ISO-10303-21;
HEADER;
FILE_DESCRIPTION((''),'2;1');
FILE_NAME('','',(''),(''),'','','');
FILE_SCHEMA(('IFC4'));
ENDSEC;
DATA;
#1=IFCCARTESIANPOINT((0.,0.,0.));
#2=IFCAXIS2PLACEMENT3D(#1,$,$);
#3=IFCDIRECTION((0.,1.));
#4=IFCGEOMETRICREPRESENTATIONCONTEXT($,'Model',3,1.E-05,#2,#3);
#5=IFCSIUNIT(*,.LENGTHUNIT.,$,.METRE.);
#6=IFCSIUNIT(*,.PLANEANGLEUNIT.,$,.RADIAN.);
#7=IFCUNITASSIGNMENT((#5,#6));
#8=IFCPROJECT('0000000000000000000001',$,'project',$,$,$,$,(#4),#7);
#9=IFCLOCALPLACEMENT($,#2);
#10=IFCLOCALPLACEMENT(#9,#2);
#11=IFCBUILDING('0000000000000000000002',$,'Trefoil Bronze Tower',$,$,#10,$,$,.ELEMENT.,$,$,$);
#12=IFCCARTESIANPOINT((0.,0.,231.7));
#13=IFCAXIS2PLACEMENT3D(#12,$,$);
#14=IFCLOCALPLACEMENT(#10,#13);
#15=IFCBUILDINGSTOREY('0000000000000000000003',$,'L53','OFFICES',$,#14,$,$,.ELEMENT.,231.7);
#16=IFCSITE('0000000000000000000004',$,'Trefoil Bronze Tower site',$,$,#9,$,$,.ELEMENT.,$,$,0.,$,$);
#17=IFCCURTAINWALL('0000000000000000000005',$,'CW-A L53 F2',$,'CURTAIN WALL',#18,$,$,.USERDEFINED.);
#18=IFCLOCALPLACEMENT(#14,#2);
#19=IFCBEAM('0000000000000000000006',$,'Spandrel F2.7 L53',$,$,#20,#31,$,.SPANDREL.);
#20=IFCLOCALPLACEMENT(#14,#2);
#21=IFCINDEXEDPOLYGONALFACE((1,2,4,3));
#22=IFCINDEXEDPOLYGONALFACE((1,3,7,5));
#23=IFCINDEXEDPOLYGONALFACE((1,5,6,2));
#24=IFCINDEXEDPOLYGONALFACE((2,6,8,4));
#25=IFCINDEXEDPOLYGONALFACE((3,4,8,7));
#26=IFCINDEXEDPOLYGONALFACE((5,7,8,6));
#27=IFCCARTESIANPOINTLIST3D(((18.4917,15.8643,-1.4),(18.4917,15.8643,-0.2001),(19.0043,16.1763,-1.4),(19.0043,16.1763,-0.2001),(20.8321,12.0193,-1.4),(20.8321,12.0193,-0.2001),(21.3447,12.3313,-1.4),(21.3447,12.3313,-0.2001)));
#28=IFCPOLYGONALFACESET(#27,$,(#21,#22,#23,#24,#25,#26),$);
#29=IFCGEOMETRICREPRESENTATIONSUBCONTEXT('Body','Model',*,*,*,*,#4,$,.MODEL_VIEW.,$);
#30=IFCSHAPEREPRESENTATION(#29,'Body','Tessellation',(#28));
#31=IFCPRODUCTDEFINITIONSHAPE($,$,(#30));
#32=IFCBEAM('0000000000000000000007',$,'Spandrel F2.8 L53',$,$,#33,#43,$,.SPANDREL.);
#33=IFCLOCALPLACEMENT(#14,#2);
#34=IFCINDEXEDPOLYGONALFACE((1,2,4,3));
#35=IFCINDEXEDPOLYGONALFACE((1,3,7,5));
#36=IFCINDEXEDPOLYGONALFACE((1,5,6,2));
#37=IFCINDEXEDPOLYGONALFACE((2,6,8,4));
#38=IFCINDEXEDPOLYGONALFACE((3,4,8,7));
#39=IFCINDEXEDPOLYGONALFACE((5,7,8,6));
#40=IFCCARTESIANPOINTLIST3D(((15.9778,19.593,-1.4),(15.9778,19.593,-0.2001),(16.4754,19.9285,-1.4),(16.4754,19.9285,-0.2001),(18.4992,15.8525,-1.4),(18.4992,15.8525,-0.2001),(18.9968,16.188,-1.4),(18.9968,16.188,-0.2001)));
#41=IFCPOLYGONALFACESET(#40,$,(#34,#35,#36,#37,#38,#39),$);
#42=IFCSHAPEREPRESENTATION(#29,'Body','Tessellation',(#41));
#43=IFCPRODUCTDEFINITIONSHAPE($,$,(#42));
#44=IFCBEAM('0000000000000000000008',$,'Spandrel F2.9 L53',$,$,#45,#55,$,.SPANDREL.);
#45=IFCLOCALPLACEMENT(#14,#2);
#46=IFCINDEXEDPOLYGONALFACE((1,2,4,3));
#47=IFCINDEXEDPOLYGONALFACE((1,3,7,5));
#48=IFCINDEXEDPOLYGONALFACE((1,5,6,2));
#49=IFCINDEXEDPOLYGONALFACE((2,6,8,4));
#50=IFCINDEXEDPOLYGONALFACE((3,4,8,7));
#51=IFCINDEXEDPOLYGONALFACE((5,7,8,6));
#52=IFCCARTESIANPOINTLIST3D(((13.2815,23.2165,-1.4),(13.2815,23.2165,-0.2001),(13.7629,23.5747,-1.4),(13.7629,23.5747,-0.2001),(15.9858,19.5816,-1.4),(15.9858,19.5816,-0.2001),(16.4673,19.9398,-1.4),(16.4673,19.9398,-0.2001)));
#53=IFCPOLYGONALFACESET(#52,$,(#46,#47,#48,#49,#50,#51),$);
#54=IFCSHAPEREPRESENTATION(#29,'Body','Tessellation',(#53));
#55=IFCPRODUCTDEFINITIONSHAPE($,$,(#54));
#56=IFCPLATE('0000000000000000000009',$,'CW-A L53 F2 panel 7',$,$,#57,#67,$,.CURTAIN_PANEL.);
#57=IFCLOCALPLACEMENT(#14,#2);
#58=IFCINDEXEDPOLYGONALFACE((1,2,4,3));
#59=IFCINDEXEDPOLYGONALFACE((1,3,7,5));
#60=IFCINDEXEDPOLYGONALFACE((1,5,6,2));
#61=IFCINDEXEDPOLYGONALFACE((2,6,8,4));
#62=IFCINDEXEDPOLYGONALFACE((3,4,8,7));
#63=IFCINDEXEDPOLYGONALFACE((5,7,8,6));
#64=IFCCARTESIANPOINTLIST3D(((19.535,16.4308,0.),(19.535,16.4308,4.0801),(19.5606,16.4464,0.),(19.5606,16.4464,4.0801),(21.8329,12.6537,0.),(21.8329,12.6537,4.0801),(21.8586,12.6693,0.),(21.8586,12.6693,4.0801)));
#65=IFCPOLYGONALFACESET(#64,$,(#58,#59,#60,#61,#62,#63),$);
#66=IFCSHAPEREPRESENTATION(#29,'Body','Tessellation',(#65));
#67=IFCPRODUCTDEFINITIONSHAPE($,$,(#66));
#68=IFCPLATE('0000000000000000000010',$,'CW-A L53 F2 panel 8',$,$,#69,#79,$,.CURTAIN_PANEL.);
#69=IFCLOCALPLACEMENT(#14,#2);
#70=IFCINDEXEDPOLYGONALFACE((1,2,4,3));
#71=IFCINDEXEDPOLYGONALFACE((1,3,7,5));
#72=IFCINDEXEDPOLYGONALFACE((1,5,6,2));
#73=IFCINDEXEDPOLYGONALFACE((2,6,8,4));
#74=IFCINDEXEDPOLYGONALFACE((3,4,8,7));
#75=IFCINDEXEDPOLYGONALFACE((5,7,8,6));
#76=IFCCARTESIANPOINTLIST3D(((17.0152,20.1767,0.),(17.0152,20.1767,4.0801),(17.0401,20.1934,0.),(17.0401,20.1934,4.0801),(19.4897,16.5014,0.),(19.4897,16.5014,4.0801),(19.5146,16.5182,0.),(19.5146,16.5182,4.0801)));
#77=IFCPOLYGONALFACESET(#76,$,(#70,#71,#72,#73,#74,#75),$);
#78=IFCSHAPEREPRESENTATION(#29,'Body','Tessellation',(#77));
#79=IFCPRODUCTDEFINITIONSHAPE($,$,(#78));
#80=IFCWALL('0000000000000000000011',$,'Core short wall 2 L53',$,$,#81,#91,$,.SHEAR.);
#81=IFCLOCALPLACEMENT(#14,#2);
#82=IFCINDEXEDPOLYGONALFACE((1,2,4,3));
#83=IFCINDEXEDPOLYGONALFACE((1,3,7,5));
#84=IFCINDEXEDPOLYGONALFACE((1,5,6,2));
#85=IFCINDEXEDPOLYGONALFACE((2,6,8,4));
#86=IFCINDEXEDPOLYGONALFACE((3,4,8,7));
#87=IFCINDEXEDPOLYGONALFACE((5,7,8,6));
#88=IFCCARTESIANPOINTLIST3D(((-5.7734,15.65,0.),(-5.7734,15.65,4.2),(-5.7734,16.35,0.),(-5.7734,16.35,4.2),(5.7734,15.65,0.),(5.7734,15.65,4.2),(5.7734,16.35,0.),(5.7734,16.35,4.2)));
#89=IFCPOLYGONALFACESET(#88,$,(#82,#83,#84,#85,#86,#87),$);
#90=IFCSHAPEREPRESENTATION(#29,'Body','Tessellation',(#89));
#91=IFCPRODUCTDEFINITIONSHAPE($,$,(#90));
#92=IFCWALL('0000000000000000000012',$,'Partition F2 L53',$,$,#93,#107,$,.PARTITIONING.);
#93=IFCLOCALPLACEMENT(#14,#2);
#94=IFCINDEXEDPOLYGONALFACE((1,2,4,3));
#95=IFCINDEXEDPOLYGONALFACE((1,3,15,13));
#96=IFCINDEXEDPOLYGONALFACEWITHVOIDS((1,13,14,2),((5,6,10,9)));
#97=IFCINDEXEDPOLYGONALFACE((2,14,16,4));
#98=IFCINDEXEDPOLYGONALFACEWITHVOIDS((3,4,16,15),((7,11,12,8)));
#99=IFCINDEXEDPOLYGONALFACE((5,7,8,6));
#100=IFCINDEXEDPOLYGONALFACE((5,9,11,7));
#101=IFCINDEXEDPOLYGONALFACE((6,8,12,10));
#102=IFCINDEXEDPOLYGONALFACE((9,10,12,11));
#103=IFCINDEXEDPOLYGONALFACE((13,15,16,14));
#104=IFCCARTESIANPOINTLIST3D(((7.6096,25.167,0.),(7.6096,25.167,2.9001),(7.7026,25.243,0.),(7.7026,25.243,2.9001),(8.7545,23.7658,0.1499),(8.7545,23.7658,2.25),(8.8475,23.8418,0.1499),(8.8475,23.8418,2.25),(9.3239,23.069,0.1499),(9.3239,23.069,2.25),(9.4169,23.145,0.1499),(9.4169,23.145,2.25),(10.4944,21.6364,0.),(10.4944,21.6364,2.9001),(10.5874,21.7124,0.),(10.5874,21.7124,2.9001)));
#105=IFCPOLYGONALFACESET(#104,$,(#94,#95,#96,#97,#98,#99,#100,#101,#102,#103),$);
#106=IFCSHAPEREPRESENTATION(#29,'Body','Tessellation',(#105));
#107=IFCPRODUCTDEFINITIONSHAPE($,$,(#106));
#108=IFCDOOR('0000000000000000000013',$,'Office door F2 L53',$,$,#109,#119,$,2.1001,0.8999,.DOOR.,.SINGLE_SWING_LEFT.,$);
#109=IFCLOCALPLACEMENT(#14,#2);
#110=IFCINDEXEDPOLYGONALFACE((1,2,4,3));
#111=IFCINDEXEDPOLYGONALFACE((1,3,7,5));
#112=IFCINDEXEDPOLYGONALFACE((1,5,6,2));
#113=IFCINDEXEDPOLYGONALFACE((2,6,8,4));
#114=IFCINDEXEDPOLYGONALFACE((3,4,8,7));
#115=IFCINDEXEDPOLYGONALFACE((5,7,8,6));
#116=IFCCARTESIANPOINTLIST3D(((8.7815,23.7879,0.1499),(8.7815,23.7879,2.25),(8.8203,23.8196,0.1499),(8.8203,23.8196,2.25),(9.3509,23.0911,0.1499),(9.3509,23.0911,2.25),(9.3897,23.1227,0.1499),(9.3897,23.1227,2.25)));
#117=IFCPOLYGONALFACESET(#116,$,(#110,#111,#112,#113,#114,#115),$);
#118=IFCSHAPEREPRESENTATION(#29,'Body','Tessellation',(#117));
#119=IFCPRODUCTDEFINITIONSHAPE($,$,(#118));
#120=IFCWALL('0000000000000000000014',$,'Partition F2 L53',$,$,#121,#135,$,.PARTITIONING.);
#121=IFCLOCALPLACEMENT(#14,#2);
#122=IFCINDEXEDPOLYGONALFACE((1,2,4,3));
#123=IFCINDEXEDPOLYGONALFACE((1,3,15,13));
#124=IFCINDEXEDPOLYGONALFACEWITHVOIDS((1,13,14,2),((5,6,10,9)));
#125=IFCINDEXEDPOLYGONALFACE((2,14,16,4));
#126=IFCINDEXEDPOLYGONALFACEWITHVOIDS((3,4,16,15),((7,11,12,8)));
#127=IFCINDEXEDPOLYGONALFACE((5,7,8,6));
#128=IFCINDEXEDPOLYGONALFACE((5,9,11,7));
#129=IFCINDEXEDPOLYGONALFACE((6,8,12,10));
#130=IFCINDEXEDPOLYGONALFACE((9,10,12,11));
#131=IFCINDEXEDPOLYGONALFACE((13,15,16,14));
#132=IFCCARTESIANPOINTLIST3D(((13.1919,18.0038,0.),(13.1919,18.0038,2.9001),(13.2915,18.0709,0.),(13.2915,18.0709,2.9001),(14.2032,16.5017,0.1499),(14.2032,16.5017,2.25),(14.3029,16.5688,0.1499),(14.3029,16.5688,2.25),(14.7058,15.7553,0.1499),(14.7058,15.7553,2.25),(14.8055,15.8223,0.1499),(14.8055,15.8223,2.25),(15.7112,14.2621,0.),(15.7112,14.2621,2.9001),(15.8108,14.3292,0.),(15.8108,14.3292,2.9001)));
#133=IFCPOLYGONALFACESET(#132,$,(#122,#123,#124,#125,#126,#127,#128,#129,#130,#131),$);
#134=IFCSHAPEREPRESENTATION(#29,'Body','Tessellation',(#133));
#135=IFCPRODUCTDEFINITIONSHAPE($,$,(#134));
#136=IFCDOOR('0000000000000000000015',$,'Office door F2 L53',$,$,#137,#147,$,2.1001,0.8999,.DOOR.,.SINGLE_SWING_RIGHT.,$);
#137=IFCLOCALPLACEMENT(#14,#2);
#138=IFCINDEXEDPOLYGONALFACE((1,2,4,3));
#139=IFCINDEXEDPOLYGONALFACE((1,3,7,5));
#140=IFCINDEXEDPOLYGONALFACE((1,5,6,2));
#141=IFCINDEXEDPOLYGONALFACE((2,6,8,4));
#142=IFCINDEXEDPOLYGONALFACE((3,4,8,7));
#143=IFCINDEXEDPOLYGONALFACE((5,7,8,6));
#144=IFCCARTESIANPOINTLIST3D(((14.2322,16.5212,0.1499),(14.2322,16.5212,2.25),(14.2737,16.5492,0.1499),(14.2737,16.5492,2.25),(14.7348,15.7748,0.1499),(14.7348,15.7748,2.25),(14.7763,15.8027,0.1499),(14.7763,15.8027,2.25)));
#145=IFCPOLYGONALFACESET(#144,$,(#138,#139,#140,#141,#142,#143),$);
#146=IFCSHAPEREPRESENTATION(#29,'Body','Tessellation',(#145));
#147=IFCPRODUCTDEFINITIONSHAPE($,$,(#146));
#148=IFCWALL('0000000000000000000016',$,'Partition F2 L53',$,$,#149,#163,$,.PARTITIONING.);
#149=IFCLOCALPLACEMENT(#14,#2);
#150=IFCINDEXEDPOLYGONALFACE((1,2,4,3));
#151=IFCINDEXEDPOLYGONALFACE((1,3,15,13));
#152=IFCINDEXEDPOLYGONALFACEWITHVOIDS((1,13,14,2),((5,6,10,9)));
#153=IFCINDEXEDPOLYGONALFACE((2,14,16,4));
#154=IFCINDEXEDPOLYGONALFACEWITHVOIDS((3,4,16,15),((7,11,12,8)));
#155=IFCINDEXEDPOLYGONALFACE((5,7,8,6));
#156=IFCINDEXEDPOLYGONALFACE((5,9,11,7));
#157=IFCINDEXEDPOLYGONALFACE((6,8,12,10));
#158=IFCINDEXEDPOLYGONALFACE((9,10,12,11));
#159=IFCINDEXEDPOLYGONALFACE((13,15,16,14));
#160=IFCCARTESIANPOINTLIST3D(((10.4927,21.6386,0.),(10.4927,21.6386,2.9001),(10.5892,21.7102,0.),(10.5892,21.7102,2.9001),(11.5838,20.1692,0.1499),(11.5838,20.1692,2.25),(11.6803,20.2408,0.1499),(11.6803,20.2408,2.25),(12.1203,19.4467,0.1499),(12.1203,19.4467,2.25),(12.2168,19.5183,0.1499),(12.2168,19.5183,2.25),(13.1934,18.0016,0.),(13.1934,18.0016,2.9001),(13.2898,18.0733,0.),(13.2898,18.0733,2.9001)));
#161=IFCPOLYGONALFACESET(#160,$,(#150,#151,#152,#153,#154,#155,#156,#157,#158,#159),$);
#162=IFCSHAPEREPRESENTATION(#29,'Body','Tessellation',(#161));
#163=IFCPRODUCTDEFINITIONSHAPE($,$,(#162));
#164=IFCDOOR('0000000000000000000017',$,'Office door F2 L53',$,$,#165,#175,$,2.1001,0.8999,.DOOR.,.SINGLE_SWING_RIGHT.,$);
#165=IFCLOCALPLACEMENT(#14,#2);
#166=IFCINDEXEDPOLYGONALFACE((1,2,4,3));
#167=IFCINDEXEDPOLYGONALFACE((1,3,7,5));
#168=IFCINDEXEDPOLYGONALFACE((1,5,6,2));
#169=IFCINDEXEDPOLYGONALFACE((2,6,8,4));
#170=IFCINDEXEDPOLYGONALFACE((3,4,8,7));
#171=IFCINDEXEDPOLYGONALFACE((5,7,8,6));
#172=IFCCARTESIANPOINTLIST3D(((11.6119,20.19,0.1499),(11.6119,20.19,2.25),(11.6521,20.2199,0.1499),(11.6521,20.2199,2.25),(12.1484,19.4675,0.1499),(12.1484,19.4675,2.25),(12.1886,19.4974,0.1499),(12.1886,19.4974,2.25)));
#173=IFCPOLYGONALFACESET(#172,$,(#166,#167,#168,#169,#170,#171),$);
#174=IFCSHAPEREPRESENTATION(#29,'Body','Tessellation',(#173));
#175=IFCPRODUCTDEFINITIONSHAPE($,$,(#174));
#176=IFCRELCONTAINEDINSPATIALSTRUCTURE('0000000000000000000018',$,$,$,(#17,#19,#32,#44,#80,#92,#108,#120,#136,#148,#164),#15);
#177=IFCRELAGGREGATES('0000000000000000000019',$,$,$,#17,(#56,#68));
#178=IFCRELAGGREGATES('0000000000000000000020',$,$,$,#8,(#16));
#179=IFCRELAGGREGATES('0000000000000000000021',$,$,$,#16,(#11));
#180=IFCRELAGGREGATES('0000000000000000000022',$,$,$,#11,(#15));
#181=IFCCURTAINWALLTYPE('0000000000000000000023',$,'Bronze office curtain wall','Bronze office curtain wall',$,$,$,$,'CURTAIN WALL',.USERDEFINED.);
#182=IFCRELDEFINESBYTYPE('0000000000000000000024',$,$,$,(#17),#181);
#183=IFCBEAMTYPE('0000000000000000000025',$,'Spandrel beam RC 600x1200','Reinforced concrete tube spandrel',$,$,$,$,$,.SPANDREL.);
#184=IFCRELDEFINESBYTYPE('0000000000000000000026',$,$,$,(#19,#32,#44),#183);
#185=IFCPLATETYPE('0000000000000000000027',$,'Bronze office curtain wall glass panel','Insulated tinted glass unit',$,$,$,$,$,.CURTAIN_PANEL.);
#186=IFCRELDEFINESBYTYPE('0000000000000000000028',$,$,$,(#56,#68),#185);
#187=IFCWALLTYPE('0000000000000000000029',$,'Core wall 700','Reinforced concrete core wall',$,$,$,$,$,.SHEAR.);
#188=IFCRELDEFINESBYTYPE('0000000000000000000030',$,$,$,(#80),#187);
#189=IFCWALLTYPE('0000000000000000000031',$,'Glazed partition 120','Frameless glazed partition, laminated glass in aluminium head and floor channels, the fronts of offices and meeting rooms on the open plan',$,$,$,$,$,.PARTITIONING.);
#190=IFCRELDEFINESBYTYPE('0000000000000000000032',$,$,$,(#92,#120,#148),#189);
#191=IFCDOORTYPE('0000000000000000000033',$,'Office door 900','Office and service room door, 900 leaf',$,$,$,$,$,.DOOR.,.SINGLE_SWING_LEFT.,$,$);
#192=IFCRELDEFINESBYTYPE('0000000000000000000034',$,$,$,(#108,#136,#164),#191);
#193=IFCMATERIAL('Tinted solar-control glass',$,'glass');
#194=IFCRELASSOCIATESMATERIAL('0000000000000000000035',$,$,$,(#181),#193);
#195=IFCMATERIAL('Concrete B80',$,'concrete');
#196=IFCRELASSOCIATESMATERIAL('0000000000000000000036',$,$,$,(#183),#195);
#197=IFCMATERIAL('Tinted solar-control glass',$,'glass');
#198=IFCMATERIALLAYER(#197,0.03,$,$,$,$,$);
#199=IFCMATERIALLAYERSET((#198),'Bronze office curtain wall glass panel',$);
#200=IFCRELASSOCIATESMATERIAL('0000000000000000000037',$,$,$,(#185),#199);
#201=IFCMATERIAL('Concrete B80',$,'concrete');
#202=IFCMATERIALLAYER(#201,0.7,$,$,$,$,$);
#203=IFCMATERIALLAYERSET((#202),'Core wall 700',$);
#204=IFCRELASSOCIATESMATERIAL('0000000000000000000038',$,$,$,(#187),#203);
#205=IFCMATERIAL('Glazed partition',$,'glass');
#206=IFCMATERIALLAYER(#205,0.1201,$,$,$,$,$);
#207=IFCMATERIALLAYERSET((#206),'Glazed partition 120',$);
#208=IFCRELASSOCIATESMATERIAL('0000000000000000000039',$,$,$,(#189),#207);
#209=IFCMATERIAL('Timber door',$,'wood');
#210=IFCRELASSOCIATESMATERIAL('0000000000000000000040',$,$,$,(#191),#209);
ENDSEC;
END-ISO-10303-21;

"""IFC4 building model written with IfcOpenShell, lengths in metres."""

from ifc_helpers import new_model, si_unit, direction, frame, frame_2d, origin, origin_2d, place, context, subcontext, project, spatial, rectangle, extrude, material, layer, layer_set, material_profile, profile_set, type_object, element, fill, aggregate, save


model = new_model("IFC4")

# Units and contexts
model_context = context("Model", 3, precision=1e-05, world=origin(), true_north=direction((0.0, 1.0)))
body_context = subcontext(model_context, "Body", "Model", "MODEL_VIEW")
ifc_project = project(units=[si_unit("LENGTHUNIT", "METRE"), si_unit("PLANEANGLEUNIT", "RADIAN")], contexts=[model_context])

# Site, building, storey
site_placement = place(None, origin())
site = spatial("IfcSite", under=ifc_project, at=site_placement, Name="Trefoil Bronze Tower site", CompositionType="ELEMENT", RefElevation=0.0)
building_placement = place(site_placement, origin())
building = spatial("IfcBuilding", under=site, at=building_placement, Name="Trefoil Bronze Tower", CompositionType="ELEMENT")
storey_placement = place(building_placement, frame((0.0, 0.0, 231.7)))
storey = spatial("IfcBuildingStorey", under=building, at=storey_placement, Name="L53", Description="OFFICES", CompositionType="ELEMENT", Elevation=231.7)

# Curtain wall
ifc_material_1 = material(Name="Tinted solar-control glass", Category="glass")
curtain_wall_type = type_object("IfcCurtainWallType", Name="Bronze office curtain wall", Description="Bronze office curtain wall", ElementType="CURTAIN WALL", PredefinedType="USERDEFINED", material=ifc_material_1)
curtain_wall_placement = place(storey_placement, origin())
curtain_wall = element("IfcCurtainWall", 1, at=curtain_wall_placement, inside=storey, type_object=curtain_wall_type, Name="CW-A L53 F2", ObjectType="CURTAIN WALL", PredefinedType="USERDEFINED")

# Beams
ifc_material_2 = material(Name="Concrete B80", Category="concrete")
ifc_material_profile_1 = material_profile(ifc_material_2, rectangle(XDim=0.6001, YDim=1.2, at=origin_2d()), Name="RC 600x1200")
ifc_profile_set_1 = profile_set([ifc_material_profile_1], Name="Concrete B80")
beam_type_1 = type_object("IfcBeamType", Name="Spandrel beam RC 600x1200", Description="Reinforced concrete tube spandrel", PredefinedType="SPANDREL", material=ifc_profile_set_1)
beam_1_placement = place(storey_placement, frame((21.0884, 12.1753, -0.8), z_axis=(-0.519933, 0.854207, 0.0), x_axis=(-0.854207, -0.519933, 0.0)))
element("IfcBeam", 2, at=beam_1_placement, inside=storey, type_object=beam_type_1, Name="Spandrel F2.7 L53", PredefinedType="SPANDREL", context=body_context, shape_type="SweptSolid", body=[
    extrude(rectangle(XDim=0.6001, YDim=1.2, at=origin_2d()), origin(), (0.0, 0.0, 1.0), 4.5012),
])
beam_2_placement = place(storey_placement, frame((18.748, 16.0203, -0.8), z_axis=(-0.558964, 0.829192, 0.0), x_axis=(-0.829192, -0.558964, 0.0)))
element("IfcBeam", 3, at=beam_2_placement, inside=storey, type_object=beam_type_1, Name="Spandrel F2.8 L53", PredefinedType="SPANDREL", context=body_context, shape_type="SweptSolid", body=[
    extrude(rectangle(XDim=0.6001, YDim=1.2, at=origin_2d()), origin(), (0.0, 0.0, 1.0), 4.511),
])
beam_3_placement = place(storey_placement, frame((16.2266, 19.7607, -0.8), z_axis=(-0.596926, 0.802296, 0.0), x_axis=(-0.802296, -0.596926, 0.0)))
element("IfcBeam", 4, at=beam_3_placement, inside=storey, type_object=beam_type_1, Name="Spandrel F2.9 L53", PredefinedType="SPANDREL", context=body_context, shape_type="SweptSolid", body=[
    extrude(rectangle(XDim=0.6001, YDim=1.2, at=origin_2d()), origin(), (0.0, 0.0, 1.0), 4.5305),
])

# Plates
ifc_material_3 = material(Name="Tinted solar-control glass", Category="glass")
ifc_layer_1 = layer(ifc_material_3, 0.03)
ifc_layer_set_1 = layer_set([ifc_layer_1], Name="Bronze office curtain wall glass panel")
plate_type = type_object("IfcPlateType", Name="Bronze office curtain wall glass panel", Description="Insulated tinted glass unit", PredefinedType="CURTAIN_PANEL", material=ifc_layer_set_1)
plate_1_placement = place(storey_placement, frame((20.6968, 14.55, 0.0), z_axis=(0.0, 0.0, 1.0), x_axis=(-0.519762, 0.854311, 0.0)))
plate_1 = element("IfcPlate", 5, at=plate_1_placement, type_object=plate_type, Name="CW-A L53 F2 panel 7", PredefinedType="CURTAIN_PANEL", context=body_context, shape_type="SweptSolid", body=[
    extrude(rectangle(XDim=4.4211, YDim=0.03, at=origin_2d()), origin(), (0.0, 0.0, 1.0), 4.0801),
])
plate_2_placement = place(storey_placement, frame((18.2649, 18.3474, 0.0), z_axis=(0.0, 0.0, 1.0), x_axis=(-0.558493, 0.829509, 0.0)))
plate_2 = element("IfcPlate", 6, at=plate_2_placement, type_object=plate_type, Name="CW-A L53 F2 panel 8", PredefinedType="CURTAIN_PANEL", context=body_context, shape_type="SweptSolid", body=[
    extrude(rectangle(XDim=4.4307, YDim=0.03, at=origin_2d()), origin(), (0.0, 0.0, 1.0), 4.0801),
])
aggregate(curtain_wall, [plate_1, plate_2])

# Wall
ifc_material_4 = material(Name="Concrete B80", Category="concrete")
ifc_layer_2 = layer(ifc_material_4, 0.7)
ifc_layer_set_2 = layer_set([ifc_layer_2], Name="Core wall 700")
wall_type_1 = type_object("IfcWallType", Name="Core wall 700", Description="Reinforced concrete core wall", PredefinedType="SHEAR", material=ifc_layer_set_2)
wall_1_placement = place(storey_placement, frame((5.7734, 16.0, 0.0), z_axis=(0.0, 0.0, 1.0), x_axis=(-1.0, 0.0, 0.0)))
element("IfcWall", 7, at=wall_1_placement, inside=storey, type_object=wall_type_1, Name="Core short wall 2 L53", PredefinedType="SHEAR", context=body_context, shape_type="SweptSolid", body=[
    extrude(rectangle(XDim=11.5469, YDim=0.7, at=frame_2d((5.7734, 0.0))), origin(), (0.0, 0.0, 1.0), 4.2),
])

# Walls, openings, doors
ifc_material_5 = material(Name="Glazed partition", Category="glass")
ifc_layer_3 = layer(ifc_material_5, 0.1201)
ifc_layer_set_3 = layer_set([ifc_layer_3], Name="Glazed partition 120")
wall_type_2 = type_object("IfcWallType", Name="Glazed partition 120", Description="Frameless glazed partition, laminated glass in aluminium head and floor channels, the fronts of offices and meeting rooms on the open plan", PredefinedType="PARTITIONING", material=ifc_layer_set_3)
wall_2_placement = place(storey_placement, frame((10.541, 21.6743, 0.0), z_axis=(0.0, 0.0, 1.0), x_axis=(-0.632733, 0.77437, 0.0)))
wall_2 = element("IfcWall", 8, at=wall_2_placement, inside=storey, type_object=wall_type_2, Name="Partition F2 L53", PredefinedType="PARTITIONING", context=body_context, shape_type="SweptSolid", body=[
    extrude(rectangle(XDim=4.5593, YDim=0.1201, at=frame_2d((2.2798, 0.0))), origin(), (0.0, 0.0, 1.0), 2.9001),
])
opening_1_placement = place(wall_2_placement, frame((1.8501, 0.0, 0.1499)))
opening_1 = element("IfcOpeningElement", 9, at=opening_1_placement, cuts=wall_2, PredefinedType="OPENING", context=body_context, shape_type="SweptSolid", body=[
    extrude(rectangle(XDim=0.8999, YDim=2.1001, at=frame_2d((0.45, 1.05))), frame((0.0, 0.0701, 0.0), z_axis=(0.0, -1.0, 0.0), x_axis=(1.0, 0.0, 0.0)), (0.0, 0.0, 1.0), 0.1401),
])
ifc_material_6 = material(Name="Timber door", Category="wood")
door_type = type_object("IfcDoorType", Name="Office door 900", Description="Office and service room door, 900 leaf", OperationType="SINGLE_SWING_LEFT", PredefinedType="DOOR", material=ifc_material_6)
door_1_placement = place(opening_1_placement, frame((0.8999, 0.0, 0.0), z_axis=(0.0, 0.0, 1.0), x_axis=(-1.0, 0.0, 0.0)))
door_1 = element("IfcDoor", 10, at=door_1_placement, inside=storey, type_object=door_type, Name="Office door F2 L53", OperationType="SINGLE_SWING_LEFT", OverallHeight=2.1001, OverallWidth=0.8999, PredefinedType="DOOR", context=body_context, shape_type="SweptSolid", body=[
    extrude(rectangle(XDim=0.8999, YDim=2.1001, at=frame_2d((0.45, 1.05))), frame((0.0, 0.0249, 0.0), z_axis=(0.0, -1.0, 0.0), x_axis=(1.0, 0.0, 0.0)), (0.0, 0.0, 1.0), 0.05),
])
fill(opening_1, door_1)
wall_3_placement = place(storey_placement, frame((15.761, 14.2957, 0.0), z_axis=(0.0, 0.0, 1.0), x_axis=(-0.558504, 0.829502, 0.0)))
wall_3 = element("IfcWall", 11, at=wall_3_placement, inside=storey, type_object=wall_type_2, Name="Partition F2 L53", PredefinedType="PARTITIONING", context=body_context, shape_type="SweptSolid", body=[
    extrude(rectangle(XDim=4.5107, YDim=0.1201, at=frame_2d((2.2554, 0.0))), origin(), (0.0, 0.0, 1.0), 2.9001),
])
opening_2_placement = place(wall_3_placement, frame((1.8, 0.0, 0.1499)))
opening_2 = element("IfcOpeningElement", 12, at=opening_2_placement, cuts=wall_3, PredefinedType="OPENING", context=body_context, shape_type="SweptSolid", body=[
    extrude(rectangle(XDim=0.8999, YDim=2.1001, at=frame_2d((0.45, 1.05))), frame((0.0, 0.0701, 0.0), z_axis=(0.0, -1.0, 0.0), x_axis=(1.0, 0.0, 0.0)), (0.0, 0.0, 1.0), 0.1401),
])
door_2_placement = place(opening_2_placement, frame((0.8999, 0.0, 0.0), z_axis=(0.0, 0.0, 1.0), x_axis=(-1.0, 0.0, 0.0)))
door_2 = element("IfcDoor", 13, at=door_2_placement, inside=storey, type_object=door_type, Name="Office door F2 L53", OperationType="SINGLE_SWING_RIGHT", OverallHeight=2.1001, OverallWidth=0.8999, PredefinedType="DOOR", context=body_context, shape_type="SweptSolid", body=[
    extrude(rectangle(XDim=0.8999, YDim=2.1001, at=frame_2d((0.45, 1.05))), frame((0.0, 0.0249, 0.0), z_axis=(0.0, -1.0, 0.0), x_axis=(1.0, 0.0, 0.0)), (0.0, 0.0, 1.0), 0.05),
])
fill(opening_2, door_2)
wall_4_placement = place(storey_placement, frame((13.2417, 18.0374, 0.0), z_axis=(0.0, 0.0, 1.0), x_axis=(-0.596173, 0.802856, 0.0)))
wall_4 = element("IfcWall", 14, at=wall_4_placement, inside=storey, type_object=wall_type_2, Name="Partition F2 L53", PredefinedType="PARTITIONING", context=body_context, shape_type="SweptSolid", body=[
    extrude(rectangle(XDim=4.53, YDim=0.1201, at=frame_2d((2.2651, 0.0))), origin(), (0.0, 0.0, 1.0), 2.9001),
])
opening_3_placement = place(wall_4_placement, frame((1.8, 0.0, 0.1499)))
opening_3 = element("IfcOpeningElement", 15, at=opening_3_placement, cuts=wall_4, PredefinedType="OPENING", context=body_context, shape_type="SweptSolid", body=[
    extrude(rectangle(XDim=0.8999, YDim=2.1001, at=frame_2d((0.45, 1.05))), frame((0.0, 0.0701, 0.0), z_axis=(0.0, -1.0, 0.0), x_axis=(1.0, 0.0, 0.0)), (0.0, 0.0, 1.0), 0.1401),
])
door_3_placement = place(opening_3_placement, frame((0.8999, 0.0, 0.0), z_axis=(0.0, 0.0, 1.0), x_axis=(-1.0, 0.0, 0.0)))
door_3 = element("IfcDoor", 16, at=door_3_placement, inside=storey, type_object=door_type, Name="Office door F2 L53", OperationType="SINGLE_SWING_RIGHT", OverallHeight=2.1001, OverallWidth=0.8999, PredefinedType="DOOR", context=body_context, shape_type="SweptSolid", body=[
    extrude(rectangle(XDim=0.8999, YDim=2.1001, at=frame_2d((0.45, 1.05))), frame((0.0, 0.0249, 0.0), z_axis=(0.0, -1.0, 0.0), x_axis=(1.0, 0.0, 0.0)), (0.0, 0.0, 1.0), 0.05),
])
fill(opening_3, door_3)

save(model, "model.ifc")
